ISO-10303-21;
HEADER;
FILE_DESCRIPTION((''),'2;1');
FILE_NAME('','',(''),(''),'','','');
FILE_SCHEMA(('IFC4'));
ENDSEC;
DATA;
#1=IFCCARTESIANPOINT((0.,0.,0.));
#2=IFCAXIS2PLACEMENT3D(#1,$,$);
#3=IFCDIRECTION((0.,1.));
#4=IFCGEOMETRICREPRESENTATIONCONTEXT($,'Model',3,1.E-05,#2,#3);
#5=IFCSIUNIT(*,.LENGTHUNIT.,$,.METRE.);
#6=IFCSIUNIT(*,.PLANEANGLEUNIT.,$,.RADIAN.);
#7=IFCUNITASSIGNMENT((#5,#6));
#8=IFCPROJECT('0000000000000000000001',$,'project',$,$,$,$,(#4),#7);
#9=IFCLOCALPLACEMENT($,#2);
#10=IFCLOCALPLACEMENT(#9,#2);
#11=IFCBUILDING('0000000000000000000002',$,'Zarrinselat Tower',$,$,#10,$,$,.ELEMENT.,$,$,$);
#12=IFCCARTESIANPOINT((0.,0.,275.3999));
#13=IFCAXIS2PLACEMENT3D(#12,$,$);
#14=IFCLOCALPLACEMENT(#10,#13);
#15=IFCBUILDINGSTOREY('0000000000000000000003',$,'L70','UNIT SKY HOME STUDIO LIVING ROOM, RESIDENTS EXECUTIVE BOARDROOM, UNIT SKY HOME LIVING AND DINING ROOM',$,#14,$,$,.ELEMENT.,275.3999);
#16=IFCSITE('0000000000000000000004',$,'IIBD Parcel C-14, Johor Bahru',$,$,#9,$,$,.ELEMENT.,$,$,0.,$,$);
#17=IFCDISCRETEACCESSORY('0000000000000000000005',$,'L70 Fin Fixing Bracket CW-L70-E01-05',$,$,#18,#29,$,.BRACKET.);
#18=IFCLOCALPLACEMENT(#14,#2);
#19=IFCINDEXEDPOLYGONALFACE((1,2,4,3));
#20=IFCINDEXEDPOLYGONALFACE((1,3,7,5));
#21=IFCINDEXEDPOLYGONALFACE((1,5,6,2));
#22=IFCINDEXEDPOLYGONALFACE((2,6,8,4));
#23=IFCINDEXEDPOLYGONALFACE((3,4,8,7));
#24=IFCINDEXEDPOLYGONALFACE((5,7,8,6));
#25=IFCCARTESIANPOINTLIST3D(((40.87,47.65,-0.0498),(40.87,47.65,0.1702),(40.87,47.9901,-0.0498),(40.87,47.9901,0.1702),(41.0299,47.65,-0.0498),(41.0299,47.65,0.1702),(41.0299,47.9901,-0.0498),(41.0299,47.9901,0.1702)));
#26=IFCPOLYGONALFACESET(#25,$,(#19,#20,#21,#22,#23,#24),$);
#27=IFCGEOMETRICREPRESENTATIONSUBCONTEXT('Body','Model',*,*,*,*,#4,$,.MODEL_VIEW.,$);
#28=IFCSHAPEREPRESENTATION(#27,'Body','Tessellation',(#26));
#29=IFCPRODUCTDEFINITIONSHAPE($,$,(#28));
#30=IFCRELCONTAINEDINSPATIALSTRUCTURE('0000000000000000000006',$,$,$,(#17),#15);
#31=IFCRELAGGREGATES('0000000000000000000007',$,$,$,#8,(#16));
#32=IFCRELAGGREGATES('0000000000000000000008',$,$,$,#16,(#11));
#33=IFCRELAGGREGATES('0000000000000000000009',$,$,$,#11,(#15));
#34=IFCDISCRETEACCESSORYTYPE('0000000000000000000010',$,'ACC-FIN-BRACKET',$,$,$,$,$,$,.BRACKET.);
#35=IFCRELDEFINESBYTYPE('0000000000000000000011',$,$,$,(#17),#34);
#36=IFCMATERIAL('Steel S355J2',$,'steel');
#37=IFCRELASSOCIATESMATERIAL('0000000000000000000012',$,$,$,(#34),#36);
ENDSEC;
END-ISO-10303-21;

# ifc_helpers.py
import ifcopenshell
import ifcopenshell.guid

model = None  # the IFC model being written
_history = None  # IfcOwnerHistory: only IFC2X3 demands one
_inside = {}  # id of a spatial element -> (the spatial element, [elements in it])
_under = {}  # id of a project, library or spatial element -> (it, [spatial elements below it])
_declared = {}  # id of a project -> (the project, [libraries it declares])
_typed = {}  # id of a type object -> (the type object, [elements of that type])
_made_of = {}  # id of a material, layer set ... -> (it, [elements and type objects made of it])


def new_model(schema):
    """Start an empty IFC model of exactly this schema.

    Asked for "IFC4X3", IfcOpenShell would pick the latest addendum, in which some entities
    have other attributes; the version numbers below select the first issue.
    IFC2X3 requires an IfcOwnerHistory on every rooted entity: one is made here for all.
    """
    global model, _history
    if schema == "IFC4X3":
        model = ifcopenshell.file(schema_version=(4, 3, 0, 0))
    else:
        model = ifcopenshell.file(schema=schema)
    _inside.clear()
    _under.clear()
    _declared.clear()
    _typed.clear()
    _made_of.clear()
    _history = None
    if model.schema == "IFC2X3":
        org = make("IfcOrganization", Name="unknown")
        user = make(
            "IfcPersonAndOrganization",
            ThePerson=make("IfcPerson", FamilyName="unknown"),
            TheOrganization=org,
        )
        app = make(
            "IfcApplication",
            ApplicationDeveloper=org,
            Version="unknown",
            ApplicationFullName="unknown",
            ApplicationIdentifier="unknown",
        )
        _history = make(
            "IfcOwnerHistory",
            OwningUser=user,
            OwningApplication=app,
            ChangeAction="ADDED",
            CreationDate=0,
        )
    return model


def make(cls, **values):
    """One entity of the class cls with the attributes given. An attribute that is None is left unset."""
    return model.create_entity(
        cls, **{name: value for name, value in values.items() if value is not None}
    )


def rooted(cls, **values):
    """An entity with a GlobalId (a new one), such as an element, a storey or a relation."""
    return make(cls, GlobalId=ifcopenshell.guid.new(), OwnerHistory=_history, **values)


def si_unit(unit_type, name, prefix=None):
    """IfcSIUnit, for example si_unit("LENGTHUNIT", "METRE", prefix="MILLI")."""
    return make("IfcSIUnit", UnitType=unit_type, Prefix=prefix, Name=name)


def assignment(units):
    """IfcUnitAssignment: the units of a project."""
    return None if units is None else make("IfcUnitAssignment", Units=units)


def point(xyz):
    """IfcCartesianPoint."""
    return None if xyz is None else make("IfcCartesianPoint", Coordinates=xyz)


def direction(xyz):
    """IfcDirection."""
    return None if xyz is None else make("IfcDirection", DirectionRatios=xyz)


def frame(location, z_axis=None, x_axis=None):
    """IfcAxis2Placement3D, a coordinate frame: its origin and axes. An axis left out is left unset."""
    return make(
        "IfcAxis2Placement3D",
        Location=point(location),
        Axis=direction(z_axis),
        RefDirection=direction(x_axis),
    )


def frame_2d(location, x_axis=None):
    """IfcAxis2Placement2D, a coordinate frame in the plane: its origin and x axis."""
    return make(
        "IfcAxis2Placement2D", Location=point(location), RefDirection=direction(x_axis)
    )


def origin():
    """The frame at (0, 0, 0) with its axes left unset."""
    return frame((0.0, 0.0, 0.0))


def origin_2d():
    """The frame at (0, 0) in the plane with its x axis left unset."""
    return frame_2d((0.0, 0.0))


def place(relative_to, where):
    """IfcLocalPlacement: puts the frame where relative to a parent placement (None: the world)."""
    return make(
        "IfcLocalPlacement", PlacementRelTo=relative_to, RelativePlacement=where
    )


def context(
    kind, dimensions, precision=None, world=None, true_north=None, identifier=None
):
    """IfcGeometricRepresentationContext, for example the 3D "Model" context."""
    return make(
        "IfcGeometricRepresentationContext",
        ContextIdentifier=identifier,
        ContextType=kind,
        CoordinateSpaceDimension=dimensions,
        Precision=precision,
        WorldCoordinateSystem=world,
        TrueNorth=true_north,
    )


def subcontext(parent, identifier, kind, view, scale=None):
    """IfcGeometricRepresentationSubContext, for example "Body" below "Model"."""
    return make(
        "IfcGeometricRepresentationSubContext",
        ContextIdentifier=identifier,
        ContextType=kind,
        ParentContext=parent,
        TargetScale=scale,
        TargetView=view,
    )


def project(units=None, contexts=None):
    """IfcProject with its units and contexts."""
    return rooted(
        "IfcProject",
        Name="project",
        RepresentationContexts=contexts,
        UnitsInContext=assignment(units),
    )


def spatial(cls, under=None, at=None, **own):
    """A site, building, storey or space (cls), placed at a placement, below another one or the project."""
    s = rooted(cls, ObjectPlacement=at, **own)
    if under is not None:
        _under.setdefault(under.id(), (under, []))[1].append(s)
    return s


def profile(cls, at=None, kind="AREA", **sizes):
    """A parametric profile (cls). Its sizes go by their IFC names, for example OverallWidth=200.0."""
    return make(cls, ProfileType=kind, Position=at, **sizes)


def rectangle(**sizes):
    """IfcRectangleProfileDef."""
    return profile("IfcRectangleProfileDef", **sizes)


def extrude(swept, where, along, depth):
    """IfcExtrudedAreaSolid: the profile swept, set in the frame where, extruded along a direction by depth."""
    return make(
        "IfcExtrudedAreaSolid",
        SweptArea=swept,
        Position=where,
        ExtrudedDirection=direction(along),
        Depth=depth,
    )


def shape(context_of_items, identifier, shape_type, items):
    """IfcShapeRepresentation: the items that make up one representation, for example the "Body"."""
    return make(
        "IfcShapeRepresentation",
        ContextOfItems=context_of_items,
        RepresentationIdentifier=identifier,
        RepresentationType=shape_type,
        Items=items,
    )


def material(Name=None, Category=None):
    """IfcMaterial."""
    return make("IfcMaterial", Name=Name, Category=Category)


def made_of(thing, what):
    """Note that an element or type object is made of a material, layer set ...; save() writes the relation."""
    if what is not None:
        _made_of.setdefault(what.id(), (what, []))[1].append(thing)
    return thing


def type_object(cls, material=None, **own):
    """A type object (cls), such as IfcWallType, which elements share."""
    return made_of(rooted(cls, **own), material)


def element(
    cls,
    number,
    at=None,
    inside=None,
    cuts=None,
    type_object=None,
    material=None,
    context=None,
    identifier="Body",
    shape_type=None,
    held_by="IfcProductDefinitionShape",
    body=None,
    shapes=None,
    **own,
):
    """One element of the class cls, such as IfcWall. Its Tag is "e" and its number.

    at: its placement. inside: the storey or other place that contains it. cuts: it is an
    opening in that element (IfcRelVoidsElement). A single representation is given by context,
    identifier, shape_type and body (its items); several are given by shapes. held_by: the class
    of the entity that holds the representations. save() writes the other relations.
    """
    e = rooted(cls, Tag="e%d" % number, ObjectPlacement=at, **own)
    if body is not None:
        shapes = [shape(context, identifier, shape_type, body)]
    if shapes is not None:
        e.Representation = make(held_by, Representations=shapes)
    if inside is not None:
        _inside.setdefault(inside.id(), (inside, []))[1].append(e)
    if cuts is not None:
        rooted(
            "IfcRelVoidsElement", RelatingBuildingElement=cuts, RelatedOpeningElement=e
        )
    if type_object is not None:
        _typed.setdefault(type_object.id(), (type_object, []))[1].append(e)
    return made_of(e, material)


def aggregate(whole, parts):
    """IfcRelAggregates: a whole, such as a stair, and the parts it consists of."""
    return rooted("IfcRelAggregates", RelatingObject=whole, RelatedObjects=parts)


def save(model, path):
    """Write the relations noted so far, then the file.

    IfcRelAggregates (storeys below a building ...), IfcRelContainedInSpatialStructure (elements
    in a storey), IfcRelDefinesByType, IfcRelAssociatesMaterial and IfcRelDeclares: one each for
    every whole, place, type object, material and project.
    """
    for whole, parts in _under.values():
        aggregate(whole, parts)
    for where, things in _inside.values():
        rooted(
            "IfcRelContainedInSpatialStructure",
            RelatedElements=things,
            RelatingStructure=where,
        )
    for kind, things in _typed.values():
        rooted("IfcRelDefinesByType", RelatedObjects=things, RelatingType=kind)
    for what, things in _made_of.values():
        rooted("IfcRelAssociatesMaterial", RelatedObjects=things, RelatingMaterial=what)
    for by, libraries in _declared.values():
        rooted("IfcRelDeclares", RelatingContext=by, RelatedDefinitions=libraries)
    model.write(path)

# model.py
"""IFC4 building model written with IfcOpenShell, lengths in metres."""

from ifc_helpers import new_model, si_unit, direction, frame, origin, origin_2d, place, context, subcontext, project, spatial, rectangle, extrude, material, type_object, element, save


model = new_model("IFC4")

# Units and contexts
model_context = context("Model", 3, precision=1e-05, world=origin(), true_north=direction((0.0, 1.0)))
body_context = subcontext(model_context, "Body", "Model", "MODEL_VIEW")
ifc_project = project(units=[si_unit("LENGTHUNIT", "METRE"), si_unit("PLANEANGLEUNIT", "RADIAN")], contexts=[model_context])

# Site, building, storey
site_placement = place(None, origin())
site = spatial("IfcSite", under=ifc_project, at=site_placement, Name="IIBD Parcel C-14, Johor Bahru", CompositionType="ELEMENT", RefElevation=0.0)
building_placement = place(site_placement, origin())
building = spatial("IfcBuilding", under=site, at=building_placement, Name="Zarrinselat Tower", CompositionType="ELEMENT")
storey_placement = place(building_placement, frame((0.0, 0.0, 275.3999)))
storey = spatial("IfcBuildingStorey", under=building, at=storey_placement, Name="L70", Description="UNIT SKY HOME STUDIO LIVING ROOM, RESIDENTS EXECUTIVE BOARDROOM, UNIT SKY HOME LIVING AND DINING ROOM", CompositionType="ELEMENT", Elevation=275.3999)

# Discrete accessory
ifc_material_1 = material(Name="Steel S355J2", Category="steel")
discrete_accessory_type = type_object("IfcDiscreteAccessoryType", Name="ACC-FIN-BRACKET", PredefinedType="BRACKET", material=ifc_material_1)
for number, where, z_axis, x_axis, name in (
    (1, (40.95, 47.8201, -0.0498), (0.0, 0.0, 1.0), (0.0, 1.0, 0.0), "L70 Fin Fixing Bracket CW-L70-E01-05"),
):
    element("IfcDiscreteAccessory", number, at=place(storey_placement, frame(where, z_axis=z_axis, x_axis=x_axis)), inside=storey, type_object=discrete_accessory_type, Name=name, PredefinedType="BRACKET", context=body_context, shape_type="SweptSolid", body=[
        extrude(rectangle(XDim=0.3401, YDim=0.1599, at=origin_2d()), origin(), (0.0, 0.0, 1.0), 0.22),
    ])

save(model, "model.ifc")
